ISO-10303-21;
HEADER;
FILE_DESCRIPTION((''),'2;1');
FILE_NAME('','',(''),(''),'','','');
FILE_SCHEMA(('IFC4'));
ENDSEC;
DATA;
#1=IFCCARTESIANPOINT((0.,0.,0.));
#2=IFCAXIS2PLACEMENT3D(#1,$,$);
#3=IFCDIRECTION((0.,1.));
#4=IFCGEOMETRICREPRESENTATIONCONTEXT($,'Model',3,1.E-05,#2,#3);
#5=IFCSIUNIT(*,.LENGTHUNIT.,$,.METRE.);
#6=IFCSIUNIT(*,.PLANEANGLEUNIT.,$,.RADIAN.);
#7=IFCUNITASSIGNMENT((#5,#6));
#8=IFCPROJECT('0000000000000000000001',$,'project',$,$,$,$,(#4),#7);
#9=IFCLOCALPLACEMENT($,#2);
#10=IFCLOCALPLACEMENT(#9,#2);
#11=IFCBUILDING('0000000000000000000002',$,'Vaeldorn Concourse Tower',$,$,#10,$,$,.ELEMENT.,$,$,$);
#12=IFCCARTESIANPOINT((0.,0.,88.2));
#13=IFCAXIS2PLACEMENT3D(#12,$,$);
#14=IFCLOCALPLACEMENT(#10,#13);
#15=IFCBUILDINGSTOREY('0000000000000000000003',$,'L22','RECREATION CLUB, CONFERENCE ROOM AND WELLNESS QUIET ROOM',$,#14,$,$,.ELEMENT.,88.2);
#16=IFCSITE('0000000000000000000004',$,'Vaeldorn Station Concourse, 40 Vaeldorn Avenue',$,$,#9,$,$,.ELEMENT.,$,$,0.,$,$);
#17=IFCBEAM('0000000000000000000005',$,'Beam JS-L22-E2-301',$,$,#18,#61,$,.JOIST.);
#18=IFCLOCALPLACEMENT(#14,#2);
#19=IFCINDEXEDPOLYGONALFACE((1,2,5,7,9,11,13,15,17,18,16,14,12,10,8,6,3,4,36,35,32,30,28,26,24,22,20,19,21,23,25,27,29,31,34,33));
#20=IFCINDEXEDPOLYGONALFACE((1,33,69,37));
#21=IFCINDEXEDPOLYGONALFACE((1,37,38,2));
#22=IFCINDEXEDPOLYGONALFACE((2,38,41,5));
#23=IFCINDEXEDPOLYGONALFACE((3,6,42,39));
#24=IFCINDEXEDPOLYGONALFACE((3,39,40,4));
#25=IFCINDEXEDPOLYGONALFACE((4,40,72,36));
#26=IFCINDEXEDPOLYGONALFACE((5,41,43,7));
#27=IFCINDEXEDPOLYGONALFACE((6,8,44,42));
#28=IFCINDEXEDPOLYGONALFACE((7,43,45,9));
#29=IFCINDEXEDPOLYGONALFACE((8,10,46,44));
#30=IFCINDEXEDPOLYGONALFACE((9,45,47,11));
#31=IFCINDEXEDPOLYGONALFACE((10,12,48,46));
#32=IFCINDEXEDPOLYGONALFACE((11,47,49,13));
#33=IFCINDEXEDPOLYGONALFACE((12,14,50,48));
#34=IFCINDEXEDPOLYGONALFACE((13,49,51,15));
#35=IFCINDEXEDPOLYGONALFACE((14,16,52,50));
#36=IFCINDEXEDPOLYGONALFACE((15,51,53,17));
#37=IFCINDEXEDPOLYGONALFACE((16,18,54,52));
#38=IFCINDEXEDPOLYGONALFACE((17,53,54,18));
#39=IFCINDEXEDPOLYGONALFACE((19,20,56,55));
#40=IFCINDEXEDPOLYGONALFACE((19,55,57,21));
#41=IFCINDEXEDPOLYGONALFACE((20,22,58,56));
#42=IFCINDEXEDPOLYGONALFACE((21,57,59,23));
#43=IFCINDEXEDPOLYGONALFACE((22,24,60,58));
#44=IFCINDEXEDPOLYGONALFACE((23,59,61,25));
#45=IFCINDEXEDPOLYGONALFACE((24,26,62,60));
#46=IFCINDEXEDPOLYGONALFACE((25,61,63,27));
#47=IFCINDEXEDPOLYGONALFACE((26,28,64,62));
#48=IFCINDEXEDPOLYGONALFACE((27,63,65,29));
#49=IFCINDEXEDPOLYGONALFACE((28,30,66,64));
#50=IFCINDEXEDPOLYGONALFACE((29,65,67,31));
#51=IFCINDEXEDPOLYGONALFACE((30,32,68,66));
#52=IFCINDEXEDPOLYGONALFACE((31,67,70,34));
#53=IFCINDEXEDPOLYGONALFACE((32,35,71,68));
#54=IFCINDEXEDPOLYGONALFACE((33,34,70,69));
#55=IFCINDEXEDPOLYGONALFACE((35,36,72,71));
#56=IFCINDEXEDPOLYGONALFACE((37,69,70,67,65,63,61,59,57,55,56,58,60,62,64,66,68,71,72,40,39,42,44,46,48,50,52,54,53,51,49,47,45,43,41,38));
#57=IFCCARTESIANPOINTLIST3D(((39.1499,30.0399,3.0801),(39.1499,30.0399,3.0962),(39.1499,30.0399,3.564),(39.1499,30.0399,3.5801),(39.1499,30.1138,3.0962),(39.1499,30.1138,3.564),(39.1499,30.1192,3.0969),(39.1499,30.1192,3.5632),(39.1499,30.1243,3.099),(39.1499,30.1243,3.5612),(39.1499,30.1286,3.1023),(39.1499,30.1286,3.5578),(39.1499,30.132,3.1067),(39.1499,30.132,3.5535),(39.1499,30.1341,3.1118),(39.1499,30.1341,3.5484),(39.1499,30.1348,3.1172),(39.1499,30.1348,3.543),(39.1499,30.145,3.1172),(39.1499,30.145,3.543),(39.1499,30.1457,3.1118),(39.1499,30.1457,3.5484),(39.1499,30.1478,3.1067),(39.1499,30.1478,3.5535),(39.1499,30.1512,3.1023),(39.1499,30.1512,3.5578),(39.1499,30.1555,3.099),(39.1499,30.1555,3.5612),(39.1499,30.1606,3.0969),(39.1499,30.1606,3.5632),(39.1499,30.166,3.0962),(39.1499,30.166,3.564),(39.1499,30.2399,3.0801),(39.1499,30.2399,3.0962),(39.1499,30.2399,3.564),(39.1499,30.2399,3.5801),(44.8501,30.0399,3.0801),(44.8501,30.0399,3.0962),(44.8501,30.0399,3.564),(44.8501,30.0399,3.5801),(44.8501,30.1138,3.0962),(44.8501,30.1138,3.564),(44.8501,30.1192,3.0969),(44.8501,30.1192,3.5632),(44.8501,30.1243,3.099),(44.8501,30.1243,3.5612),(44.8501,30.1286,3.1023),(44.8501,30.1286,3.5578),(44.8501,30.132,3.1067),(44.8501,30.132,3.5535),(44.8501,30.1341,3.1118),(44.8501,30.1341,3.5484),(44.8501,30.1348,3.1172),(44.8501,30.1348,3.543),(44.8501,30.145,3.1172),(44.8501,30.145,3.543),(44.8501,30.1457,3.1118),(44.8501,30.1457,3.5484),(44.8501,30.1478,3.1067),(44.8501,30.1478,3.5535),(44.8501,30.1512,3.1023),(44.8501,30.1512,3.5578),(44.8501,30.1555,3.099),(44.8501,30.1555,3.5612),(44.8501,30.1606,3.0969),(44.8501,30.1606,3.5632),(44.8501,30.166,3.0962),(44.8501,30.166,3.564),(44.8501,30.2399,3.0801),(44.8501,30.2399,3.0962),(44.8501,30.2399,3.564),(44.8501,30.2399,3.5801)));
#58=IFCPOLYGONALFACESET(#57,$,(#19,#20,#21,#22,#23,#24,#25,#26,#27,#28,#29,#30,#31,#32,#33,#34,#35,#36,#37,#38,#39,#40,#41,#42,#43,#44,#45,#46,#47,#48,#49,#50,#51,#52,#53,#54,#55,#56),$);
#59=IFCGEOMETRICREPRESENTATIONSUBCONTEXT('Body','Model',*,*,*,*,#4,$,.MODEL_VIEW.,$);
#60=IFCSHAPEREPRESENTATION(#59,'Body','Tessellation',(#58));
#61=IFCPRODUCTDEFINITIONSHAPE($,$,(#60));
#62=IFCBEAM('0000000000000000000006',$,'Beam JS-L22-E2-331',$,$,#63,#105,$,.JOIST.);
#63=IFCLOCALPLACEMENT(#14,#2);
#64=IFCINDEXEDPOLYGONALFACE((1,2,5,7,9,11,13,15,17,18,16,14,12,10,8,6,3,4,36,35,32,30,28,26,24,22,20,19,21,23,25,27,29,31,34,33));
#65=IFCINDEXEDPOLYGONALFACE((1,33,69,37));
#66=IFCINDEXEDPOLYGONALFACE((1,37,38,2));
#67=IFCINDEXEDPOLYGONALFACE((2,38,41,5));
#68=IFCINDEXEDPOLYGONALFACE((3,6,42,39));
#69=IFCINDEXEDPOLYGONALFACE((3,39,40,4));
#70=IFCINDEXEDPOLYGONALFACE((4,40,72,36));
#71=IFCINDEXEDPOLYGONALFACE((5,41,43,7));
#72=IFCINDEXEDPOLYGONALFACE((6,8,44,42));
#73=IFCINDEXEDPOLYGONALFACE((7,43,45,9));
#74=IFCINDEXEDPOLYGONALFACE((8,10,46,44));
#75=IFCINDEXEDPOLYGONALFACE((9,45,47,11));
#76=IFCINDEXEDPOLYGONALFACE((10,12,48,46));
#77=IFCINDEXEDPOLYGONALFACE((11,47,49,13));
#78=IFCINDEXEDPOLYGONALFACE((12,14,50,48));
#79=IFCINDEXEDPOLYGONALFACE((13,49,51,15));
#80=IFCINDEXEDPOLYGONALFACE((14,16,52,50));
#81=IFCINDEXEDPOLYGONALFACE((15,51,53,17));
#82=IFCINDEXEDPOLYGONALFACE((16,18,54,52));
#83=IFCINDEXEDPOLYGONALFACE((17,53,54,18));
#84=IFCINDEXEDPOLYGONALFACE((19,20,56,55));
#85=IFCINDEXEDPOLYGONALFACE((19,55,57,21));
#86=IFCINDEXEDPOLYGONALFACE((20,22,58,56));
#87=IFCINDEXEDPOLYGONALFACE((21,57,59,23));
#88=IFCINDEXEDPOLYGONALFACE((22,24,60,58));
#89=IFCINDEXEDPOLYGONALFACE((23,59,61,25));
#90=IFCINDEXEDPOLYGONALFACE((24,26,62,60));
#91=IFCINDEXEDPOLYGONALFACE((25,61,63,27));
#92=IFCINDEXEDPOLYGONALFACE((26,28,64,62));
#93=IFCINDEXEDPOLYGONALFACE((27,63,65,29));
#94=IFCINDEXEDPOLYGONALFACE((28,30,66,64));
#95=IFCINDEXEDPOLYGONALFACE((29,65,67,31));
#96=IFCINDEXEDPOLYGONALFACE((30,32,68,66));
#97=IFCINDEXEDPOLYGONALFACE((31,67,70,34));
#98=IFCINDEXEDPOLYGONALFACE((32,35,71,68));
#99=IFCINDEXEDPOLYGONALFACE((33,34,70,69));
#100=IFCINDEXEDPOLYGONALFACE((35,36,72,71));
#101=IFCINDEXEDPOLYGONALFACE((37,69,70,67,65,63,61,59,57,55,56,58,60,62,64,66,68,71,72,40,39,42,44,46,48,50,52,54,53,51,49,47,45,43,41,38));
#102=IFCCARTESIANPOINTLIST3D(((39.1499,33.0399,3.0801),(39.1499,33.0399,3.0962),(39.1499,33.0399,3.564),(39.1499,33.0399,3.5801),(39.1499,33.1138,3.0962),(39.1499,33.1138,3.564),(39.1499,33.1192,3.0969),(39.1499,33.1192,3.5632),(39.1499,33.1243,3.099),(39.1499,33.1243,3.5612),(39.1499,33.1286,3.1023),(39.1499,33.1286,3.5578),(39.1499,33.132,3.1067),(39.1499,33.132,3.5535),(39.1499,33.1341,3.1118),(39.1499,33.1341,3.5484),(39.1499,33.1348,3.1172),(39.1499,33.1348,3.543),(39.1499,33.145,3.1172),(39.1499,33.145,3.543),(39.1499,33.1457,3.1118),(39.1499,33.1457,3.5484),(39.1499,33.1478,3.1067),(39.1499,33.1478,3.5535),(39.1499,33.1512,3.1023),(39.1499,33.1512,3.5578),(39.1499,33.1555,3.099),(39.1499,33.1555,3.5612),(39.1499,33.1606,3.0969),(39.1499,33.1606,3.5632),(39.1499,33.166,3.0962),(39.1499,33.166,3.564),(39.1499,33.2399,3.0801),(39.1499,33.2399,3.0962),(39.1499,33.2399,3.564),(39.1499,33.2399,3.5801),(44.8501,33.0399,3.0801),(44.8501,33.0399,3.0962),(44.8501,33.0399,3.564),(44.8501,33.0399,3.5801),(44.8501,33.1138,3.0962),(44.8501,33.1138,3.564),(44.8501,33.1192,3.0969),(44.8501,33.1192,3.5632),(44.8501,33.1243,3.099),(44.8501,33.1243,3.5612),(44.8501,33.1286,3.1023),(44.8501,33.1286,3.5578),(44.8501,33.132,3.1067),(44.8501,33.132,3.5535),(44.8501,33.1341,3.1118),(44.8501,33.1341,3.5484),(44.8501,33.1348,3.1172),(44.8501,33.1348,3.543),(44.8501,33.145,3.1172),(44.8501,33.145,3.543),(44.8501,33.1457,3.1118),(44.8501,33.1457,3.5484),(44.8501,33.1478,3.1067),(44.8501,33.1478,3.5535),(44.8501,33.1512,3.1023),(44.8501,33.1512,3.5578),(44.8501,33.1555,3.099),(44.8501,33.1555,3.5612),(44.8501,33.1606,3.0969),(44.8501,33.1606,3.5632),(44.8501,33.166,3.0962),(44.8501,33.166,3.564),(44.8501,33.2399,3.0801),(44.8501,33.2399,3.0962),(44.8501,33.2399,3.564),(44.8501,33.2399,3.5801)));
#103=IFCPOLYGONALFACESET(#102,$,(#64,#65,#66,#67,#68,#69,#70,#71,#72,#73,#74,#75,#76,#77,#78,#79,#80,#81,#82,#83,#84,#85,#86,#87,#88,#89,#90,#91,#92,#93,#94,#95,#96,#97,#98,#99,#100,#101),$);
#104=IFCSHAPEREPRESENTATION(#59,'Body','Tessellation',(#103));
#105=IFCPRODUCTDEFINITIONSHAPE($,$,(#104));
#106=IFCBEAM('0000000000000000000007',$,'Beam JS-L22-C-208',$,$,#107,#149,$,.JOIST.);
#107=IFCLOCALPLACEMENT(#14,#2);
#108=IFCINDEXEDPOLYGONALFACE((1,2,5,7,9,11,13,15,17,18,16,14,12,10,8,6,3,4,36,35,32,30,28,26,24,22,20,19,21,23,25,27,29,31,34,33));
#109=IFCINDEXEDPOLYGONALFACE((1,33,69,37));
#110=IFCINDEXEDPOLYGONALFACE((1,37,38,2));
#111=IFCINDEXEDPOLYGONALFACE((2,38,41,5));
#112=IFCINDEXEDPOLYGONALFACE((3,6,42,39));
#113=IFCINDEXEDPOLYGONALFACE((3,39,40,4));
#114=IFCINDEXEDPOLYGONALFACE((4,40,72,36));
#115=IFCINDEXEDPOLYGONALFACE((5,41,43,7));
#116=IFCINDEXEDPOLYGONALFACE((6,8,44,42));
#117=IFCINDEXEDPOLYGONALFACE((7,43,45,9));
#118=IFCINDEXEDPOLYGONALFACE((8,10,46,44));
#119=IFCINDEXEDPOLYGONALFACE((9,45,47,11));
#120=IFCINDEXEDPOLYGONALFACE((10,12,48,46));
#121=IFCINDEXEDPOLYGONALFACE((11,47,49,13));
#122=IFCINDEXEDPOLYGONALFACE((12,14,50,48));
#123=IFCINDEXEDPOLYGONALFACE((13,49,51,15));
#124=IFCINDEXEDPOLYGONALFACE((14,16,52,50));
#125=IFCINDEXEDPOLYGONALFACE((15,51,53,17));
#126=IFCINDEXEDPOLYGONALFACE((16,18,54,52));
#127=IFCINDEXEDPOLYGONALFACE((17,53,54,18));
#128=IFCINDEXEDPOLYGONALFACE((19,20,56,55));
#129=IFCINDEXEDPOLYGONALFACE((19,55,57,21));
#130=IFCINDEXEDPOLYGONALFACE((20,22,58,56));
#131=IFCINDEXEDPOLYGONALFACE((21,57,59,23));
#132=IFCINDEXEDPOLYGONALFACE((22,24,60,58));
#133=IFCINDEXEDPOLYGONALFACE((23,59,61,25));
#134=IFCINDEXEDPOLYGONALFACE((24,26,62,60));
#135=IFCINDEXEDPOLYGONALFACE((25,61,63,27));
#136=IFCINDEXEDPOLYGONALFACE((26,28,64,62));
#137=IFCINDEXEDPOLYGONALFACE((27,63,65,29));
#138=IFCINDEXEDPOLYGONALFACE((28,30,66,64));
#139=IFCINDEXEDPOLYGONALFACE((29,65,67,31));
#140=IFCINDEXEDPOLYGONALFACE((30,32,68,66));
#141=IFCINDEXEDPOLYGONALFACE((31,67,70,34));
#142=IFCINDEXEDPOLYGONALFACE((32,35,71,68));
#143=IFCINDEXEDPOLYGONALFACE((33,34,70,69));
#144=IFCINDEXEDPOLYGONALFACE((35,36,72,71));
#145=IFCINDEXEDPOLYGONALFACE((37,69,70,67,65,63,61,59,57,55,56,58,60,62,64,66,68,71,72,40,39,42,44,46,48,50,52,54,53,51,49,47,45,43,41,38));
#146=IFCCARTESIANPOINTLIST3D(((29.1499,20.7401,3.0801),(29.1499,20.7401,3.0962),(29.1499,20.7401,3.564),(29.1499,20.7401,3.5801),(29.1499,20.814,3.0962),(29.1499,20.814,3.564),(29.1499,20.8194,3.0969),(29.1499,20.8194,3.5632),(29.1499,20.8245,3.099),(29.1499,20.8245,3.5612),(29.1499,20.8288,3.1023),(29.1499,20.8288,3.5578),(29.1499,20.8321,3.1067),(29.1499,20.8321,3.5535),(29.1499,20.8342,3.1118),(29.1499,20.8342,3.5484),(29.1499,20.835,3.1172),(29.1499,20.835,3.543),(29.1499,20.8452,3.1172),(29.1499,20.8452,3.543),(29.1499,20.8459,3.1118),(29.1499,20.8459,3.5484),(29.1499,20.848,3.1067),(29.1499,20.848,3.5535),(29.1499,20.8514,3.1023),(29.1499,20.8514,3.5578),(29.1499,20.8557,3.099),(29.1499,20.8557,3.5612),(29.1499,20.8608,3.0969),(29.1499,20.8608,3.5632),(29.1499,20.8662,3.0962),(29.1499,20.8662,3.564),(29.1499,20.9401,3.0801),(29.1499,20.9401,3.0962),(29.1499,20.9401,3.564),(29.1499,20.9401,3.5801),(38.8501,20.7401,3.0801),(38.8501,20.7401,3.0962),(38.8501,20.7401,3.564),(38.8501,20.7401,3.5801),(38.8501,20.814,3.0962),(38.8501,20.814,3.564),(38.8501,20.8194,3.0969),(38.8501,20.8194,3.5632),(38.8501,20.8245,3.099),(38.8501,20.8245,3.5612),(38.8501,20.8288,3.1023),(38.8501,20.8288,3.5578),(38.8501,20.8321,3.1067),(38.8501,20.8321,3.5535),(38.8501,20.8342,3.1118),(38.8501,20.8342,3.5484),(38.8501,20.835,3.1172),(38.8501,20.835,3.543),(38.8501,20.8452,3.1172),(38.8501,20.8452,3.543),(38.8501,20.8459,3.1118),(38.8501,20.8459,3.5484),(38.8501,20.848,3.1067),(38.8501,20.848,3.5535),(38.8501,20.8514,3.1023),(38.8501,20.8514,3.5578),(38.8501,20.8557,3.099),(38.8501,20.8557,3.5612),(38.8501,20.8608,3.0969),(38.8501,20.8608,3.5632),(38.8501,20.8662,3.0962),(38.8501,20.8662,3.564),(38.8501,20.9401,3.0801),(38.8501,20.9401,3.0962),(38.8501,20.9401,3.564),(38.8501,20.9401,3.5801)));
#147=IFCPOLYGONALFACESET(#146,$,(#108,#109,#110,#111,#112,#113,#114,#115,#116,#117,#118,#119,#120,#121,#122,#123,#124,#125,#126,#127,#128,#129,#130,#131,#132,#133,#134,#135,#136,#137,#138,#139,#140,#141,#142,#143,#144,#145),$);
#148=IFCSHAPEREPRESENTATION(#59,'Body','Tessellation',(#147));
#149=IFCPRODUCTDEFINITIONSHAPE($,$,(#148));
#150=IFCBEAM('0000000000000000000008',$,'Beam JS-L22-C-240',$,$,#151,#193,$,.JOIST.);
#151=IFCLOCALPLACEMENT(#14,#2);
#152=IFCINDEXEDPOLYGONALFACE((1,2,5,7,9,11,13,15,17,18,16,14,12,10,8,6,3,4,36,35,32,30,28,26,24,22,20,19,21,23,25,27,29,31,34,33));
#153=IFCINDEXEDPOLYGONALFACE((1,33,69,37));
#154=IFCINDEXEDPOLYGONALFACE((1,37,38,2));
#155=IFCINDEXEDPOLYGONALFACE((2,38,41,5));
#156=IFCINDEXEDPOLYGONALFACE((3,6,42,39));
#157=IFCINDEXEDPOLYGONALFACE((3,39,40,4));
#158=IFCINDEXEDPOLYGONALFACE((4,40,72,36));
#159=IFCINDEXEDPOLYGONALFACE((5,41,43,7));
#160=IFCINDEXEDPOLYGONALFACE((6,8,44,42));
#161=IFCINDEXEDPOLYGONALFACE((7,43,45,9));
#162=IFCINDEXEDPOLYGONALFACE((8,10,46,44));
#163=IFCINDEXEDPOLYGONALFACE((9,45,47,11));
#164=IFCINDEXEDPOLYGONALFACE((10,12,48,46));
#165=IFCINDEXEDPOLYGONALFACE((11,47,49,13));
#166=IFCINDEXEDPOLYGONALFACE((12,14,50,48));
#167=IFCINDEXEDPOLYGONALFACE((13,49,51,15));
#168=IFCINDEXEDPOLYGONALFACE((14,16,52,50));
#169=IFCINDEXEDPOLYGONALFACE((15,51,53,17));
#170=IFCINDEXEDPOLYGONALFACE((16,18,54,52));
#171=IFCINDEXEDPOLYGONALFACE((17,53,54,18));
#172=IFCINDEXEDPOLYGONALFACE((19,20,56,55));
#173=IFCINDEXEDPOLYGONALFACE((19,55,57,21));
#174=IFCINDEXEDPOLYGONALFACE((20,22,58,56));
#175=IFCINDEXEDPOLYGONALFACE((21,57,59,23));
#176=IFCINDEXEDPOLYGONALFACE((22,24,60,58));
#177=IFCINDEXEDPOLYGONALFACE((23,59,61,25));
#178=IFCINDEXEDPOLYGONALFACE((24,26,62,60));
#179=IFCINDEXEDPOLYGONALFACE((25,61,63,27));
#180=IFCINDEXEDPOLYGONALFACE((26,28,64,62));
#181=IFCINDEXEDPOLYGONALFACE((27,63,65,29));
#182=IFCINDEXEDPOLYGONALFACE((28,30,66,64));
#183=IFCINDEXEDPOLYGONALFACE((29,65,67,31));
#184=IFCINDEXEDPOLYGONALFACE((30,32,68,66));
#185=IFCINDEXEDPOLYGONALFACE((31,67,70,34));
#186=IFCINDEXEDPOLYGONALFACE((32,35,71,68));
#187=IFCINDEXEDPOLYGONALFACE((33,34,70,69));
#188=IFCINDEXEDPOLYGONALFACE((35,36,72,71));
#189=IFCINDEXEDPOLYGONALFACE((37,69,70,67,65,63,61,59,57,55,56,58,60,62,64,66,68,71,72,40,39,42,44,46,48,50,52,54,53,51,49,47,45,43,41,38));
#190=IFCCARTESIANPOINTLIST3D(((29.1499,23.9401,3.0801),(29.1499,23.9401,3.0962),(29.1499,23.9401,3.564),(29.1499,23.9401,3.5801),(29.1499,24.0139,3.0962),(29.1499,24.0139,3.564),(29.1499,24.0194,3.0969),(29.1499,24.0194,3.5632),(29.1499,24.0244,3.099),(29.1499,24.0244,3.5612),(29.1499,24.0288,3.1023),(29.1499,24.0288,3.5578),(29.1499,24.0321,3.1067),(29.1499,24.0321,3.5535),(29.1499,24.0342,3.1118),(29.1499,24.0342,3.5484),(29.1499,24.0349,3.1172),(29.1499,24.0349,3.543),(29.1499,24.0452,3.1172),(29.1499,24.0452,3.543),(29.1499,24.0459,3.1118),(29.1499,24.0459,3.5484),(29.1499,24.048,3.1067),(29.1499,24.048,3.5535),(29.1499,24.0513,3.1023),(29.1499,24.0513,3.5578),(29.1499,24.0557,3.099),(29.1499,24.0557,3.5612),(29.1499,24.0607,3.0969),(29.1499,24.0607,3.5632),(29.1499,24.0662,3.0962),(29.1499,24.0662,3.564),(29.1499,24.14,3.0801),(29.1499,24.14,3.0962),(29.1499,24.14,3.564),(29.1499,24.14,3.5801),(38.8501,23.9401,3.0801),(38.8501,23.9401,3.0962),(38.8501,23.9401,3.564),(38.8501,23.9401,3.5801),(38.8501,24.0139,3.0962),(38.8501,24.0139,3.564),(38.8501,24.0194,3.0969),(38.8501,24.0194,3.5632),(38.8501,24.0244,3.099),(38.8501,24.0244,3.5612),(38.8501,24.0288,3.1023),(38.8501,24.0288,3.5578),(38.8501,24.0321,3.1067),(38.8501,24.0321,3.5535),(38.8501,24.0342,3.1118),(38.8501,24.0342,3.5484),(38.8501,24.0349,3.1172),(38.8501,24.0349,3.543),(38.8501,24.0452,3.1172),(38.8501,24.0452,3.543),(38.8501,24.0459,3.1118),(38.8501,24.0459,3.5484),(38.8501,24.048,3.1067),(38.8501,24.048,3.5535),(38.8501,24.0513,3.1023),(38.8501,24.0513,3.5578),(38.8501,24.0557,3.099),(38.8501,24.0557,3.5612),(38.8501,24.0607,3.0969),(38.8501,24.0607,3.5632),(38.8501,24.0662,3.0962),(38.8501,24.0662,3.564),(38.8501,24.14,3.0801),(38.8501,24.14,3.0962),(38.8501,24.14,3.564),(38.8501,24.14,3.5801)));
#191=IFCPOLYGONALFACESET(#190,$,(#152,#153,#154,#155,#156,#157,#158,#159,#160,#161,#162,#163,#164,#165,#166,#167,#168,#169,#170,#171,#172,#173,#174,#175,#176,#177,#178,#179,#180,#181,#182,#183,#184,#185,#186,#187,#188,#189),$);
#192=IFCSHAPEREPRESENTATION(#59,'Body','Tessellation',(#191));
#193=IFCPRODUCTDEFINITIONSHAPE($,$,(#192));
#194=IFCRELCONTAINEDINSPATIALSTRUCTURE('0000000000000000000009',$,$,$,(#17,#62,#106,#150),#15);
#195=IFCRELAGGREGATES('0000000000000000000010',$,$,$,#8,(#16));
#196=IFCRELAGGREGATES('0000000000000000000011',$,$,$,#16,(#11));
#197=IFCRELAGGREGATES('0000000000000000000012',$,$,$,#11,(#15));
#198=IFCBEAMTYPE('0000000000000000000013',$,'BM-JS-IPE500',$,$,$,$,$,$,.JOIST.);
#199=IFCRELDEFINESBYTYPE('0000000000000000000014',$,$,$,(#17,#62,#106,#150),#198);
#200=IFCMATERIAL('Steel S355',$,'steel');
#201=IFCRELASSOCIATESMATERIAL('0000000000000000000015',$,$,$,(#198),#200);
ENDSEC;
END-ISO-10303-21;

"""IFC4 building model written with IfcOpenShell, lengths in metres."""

from ifc_helpers import new_model, si_unit, direction, frame, origin, origin_2d, place, context, subcontext, project, spatial, i_section, extrude, source, transform, mapped, material, material_profile, profile_set, type_object, element, save


model = new_model("IFC4")

# Units and contexts
model_context = context("Model", 3, precision=1e-05, world=origin(), true_north=direction((0.0, 1.0)))
body_context = subcontext(model_context, "Body", "Model", "MODEL_VIEW")
ifc_project = project(units=[si_unit("LENGTHUNIT", "METRE"), si_unit("PLANEANGLEUNIT", "RADIAN")], contexts=[model_context])

# Site, building, storey
site_placement = place(None, origin())
site = spatial("IfcSite", under=ifc_project, at=site_placement, Name="Vaeldorn Station Concourse, 40 Vaeldorn Avenue", CompositionType="ELEMENT", RefElevation=0.0)
building_placement = place(site_placement, origin())
building = spatial("IfcBuilding", under=site, at=building_placement, Name="Vaeldorn Concourse Tower", CompositionType="ELEMENT")
storey_placement = place(building_placement, frame((0.0, 0.0, 88.2)))
storey = spatial("IfcBuildingStorey", under=building, at=storey_placement, Name="L22", Description="RECREATION CLUB, CONFERENCE ROOM AND WELLNESS QUIET ROOM", CompositionType="ELEMENT", Elevation=88.2)

# Beams
ifc_material_1 = material(Name="Steel S355", Category="steel")
ifc_material_profile_1 = material_profile(ifc_material_1, i_section(OverallWidth=0.2, OverallDepth=0.5, WebThickness=0.0103, FlangeThickness=0.0161, FilletRadius=0.021, at=origin_2d()), Name="IPE 500")
ifc_profile_set_1 = profile_set([ifc_material_profile_1], Name="Steel S355")
beam_type_1 = type_object("IfcBeamType", Name="BM-JS-IPE500", PredefinedType="JOIST", material=ifc_profile_set_1)
shared_shape_1 = source(origin(), body_context, "Body", "SweptSolid", [
    extrude(i_section(OverallWidth=0.2, OverallDepth=0.5, WebThickness=0.0103, FlangeThickness=0.0161, FilletRadius=0.021, at=origin_2d()), origin(), (0.0, 0.0, 1.0), 5.7002),
])
for number, where, z_axis, x_axis, name in (
    (1, (39.1499, 30.1399, 3.3301), (1.0, 0.0, 0.0), (0.0, 1.0, 0.0), "Beam JS-L22-E2-301"),
    (2, (39.1499, 33.1399, 3.3301), (1.0, 0.0, 0.0), (0.0, 1.0, 0.0), "Beam JS-L22-E2-331"),
):
    element("IfcBeam", number, at=place(storey_placement, frame(where, z_axis=z_axis, x_axis=x_axis)), inside=storey, type_object=beam_type_1, Name=name, PredefinedType="JOIST", context=body_context, shape_type="MappedRepresentation", body=[
        mapped(shared_shape_1, transform((0.0, 0.0, 0.0), scale=1.0)),
    ])
shared_shape_2 = source(origin(), body_context, "Body", "SweptSolid", [
    extrude(i_section(OverallWidth=0.2, OverallDepth=0.5, WebThickness=0.0103, FlangeThickness=0.0161, FilletRadius=0.021, at=origin_2d()), origin(), (0.0, 0.0, 1.0), 9.7002),
])
for number, where, z_axis, x_axis, name in (
    (3, (29.1499, 20.8401, 3.3301), (1.0, 0.0, 0.0), (0.0, 1.0, 0.0), "Beam JS-L22-C-208"),
    (4, (29.1499, 24.04, 3.3301), (1.0, 0.0, 0.0), (0.0, 1.0, 0.0), "Beam JS-L22-C-240"),
):
    element("IfcBeam", number, at=place(storey_placement, frame(where, z_axis=z_axis, x_axis=x_axis)), inside=storey, type_object=beam_type_1, Name=name, PredefinedType="JOIST", context=body_context, shape_type="MappedRepresentation", body=[
        mapped(shared_shape_2, transform((0.0, 0.0, 0.0), scale=1.0)),
    ])

save(model, "model.ifc")
